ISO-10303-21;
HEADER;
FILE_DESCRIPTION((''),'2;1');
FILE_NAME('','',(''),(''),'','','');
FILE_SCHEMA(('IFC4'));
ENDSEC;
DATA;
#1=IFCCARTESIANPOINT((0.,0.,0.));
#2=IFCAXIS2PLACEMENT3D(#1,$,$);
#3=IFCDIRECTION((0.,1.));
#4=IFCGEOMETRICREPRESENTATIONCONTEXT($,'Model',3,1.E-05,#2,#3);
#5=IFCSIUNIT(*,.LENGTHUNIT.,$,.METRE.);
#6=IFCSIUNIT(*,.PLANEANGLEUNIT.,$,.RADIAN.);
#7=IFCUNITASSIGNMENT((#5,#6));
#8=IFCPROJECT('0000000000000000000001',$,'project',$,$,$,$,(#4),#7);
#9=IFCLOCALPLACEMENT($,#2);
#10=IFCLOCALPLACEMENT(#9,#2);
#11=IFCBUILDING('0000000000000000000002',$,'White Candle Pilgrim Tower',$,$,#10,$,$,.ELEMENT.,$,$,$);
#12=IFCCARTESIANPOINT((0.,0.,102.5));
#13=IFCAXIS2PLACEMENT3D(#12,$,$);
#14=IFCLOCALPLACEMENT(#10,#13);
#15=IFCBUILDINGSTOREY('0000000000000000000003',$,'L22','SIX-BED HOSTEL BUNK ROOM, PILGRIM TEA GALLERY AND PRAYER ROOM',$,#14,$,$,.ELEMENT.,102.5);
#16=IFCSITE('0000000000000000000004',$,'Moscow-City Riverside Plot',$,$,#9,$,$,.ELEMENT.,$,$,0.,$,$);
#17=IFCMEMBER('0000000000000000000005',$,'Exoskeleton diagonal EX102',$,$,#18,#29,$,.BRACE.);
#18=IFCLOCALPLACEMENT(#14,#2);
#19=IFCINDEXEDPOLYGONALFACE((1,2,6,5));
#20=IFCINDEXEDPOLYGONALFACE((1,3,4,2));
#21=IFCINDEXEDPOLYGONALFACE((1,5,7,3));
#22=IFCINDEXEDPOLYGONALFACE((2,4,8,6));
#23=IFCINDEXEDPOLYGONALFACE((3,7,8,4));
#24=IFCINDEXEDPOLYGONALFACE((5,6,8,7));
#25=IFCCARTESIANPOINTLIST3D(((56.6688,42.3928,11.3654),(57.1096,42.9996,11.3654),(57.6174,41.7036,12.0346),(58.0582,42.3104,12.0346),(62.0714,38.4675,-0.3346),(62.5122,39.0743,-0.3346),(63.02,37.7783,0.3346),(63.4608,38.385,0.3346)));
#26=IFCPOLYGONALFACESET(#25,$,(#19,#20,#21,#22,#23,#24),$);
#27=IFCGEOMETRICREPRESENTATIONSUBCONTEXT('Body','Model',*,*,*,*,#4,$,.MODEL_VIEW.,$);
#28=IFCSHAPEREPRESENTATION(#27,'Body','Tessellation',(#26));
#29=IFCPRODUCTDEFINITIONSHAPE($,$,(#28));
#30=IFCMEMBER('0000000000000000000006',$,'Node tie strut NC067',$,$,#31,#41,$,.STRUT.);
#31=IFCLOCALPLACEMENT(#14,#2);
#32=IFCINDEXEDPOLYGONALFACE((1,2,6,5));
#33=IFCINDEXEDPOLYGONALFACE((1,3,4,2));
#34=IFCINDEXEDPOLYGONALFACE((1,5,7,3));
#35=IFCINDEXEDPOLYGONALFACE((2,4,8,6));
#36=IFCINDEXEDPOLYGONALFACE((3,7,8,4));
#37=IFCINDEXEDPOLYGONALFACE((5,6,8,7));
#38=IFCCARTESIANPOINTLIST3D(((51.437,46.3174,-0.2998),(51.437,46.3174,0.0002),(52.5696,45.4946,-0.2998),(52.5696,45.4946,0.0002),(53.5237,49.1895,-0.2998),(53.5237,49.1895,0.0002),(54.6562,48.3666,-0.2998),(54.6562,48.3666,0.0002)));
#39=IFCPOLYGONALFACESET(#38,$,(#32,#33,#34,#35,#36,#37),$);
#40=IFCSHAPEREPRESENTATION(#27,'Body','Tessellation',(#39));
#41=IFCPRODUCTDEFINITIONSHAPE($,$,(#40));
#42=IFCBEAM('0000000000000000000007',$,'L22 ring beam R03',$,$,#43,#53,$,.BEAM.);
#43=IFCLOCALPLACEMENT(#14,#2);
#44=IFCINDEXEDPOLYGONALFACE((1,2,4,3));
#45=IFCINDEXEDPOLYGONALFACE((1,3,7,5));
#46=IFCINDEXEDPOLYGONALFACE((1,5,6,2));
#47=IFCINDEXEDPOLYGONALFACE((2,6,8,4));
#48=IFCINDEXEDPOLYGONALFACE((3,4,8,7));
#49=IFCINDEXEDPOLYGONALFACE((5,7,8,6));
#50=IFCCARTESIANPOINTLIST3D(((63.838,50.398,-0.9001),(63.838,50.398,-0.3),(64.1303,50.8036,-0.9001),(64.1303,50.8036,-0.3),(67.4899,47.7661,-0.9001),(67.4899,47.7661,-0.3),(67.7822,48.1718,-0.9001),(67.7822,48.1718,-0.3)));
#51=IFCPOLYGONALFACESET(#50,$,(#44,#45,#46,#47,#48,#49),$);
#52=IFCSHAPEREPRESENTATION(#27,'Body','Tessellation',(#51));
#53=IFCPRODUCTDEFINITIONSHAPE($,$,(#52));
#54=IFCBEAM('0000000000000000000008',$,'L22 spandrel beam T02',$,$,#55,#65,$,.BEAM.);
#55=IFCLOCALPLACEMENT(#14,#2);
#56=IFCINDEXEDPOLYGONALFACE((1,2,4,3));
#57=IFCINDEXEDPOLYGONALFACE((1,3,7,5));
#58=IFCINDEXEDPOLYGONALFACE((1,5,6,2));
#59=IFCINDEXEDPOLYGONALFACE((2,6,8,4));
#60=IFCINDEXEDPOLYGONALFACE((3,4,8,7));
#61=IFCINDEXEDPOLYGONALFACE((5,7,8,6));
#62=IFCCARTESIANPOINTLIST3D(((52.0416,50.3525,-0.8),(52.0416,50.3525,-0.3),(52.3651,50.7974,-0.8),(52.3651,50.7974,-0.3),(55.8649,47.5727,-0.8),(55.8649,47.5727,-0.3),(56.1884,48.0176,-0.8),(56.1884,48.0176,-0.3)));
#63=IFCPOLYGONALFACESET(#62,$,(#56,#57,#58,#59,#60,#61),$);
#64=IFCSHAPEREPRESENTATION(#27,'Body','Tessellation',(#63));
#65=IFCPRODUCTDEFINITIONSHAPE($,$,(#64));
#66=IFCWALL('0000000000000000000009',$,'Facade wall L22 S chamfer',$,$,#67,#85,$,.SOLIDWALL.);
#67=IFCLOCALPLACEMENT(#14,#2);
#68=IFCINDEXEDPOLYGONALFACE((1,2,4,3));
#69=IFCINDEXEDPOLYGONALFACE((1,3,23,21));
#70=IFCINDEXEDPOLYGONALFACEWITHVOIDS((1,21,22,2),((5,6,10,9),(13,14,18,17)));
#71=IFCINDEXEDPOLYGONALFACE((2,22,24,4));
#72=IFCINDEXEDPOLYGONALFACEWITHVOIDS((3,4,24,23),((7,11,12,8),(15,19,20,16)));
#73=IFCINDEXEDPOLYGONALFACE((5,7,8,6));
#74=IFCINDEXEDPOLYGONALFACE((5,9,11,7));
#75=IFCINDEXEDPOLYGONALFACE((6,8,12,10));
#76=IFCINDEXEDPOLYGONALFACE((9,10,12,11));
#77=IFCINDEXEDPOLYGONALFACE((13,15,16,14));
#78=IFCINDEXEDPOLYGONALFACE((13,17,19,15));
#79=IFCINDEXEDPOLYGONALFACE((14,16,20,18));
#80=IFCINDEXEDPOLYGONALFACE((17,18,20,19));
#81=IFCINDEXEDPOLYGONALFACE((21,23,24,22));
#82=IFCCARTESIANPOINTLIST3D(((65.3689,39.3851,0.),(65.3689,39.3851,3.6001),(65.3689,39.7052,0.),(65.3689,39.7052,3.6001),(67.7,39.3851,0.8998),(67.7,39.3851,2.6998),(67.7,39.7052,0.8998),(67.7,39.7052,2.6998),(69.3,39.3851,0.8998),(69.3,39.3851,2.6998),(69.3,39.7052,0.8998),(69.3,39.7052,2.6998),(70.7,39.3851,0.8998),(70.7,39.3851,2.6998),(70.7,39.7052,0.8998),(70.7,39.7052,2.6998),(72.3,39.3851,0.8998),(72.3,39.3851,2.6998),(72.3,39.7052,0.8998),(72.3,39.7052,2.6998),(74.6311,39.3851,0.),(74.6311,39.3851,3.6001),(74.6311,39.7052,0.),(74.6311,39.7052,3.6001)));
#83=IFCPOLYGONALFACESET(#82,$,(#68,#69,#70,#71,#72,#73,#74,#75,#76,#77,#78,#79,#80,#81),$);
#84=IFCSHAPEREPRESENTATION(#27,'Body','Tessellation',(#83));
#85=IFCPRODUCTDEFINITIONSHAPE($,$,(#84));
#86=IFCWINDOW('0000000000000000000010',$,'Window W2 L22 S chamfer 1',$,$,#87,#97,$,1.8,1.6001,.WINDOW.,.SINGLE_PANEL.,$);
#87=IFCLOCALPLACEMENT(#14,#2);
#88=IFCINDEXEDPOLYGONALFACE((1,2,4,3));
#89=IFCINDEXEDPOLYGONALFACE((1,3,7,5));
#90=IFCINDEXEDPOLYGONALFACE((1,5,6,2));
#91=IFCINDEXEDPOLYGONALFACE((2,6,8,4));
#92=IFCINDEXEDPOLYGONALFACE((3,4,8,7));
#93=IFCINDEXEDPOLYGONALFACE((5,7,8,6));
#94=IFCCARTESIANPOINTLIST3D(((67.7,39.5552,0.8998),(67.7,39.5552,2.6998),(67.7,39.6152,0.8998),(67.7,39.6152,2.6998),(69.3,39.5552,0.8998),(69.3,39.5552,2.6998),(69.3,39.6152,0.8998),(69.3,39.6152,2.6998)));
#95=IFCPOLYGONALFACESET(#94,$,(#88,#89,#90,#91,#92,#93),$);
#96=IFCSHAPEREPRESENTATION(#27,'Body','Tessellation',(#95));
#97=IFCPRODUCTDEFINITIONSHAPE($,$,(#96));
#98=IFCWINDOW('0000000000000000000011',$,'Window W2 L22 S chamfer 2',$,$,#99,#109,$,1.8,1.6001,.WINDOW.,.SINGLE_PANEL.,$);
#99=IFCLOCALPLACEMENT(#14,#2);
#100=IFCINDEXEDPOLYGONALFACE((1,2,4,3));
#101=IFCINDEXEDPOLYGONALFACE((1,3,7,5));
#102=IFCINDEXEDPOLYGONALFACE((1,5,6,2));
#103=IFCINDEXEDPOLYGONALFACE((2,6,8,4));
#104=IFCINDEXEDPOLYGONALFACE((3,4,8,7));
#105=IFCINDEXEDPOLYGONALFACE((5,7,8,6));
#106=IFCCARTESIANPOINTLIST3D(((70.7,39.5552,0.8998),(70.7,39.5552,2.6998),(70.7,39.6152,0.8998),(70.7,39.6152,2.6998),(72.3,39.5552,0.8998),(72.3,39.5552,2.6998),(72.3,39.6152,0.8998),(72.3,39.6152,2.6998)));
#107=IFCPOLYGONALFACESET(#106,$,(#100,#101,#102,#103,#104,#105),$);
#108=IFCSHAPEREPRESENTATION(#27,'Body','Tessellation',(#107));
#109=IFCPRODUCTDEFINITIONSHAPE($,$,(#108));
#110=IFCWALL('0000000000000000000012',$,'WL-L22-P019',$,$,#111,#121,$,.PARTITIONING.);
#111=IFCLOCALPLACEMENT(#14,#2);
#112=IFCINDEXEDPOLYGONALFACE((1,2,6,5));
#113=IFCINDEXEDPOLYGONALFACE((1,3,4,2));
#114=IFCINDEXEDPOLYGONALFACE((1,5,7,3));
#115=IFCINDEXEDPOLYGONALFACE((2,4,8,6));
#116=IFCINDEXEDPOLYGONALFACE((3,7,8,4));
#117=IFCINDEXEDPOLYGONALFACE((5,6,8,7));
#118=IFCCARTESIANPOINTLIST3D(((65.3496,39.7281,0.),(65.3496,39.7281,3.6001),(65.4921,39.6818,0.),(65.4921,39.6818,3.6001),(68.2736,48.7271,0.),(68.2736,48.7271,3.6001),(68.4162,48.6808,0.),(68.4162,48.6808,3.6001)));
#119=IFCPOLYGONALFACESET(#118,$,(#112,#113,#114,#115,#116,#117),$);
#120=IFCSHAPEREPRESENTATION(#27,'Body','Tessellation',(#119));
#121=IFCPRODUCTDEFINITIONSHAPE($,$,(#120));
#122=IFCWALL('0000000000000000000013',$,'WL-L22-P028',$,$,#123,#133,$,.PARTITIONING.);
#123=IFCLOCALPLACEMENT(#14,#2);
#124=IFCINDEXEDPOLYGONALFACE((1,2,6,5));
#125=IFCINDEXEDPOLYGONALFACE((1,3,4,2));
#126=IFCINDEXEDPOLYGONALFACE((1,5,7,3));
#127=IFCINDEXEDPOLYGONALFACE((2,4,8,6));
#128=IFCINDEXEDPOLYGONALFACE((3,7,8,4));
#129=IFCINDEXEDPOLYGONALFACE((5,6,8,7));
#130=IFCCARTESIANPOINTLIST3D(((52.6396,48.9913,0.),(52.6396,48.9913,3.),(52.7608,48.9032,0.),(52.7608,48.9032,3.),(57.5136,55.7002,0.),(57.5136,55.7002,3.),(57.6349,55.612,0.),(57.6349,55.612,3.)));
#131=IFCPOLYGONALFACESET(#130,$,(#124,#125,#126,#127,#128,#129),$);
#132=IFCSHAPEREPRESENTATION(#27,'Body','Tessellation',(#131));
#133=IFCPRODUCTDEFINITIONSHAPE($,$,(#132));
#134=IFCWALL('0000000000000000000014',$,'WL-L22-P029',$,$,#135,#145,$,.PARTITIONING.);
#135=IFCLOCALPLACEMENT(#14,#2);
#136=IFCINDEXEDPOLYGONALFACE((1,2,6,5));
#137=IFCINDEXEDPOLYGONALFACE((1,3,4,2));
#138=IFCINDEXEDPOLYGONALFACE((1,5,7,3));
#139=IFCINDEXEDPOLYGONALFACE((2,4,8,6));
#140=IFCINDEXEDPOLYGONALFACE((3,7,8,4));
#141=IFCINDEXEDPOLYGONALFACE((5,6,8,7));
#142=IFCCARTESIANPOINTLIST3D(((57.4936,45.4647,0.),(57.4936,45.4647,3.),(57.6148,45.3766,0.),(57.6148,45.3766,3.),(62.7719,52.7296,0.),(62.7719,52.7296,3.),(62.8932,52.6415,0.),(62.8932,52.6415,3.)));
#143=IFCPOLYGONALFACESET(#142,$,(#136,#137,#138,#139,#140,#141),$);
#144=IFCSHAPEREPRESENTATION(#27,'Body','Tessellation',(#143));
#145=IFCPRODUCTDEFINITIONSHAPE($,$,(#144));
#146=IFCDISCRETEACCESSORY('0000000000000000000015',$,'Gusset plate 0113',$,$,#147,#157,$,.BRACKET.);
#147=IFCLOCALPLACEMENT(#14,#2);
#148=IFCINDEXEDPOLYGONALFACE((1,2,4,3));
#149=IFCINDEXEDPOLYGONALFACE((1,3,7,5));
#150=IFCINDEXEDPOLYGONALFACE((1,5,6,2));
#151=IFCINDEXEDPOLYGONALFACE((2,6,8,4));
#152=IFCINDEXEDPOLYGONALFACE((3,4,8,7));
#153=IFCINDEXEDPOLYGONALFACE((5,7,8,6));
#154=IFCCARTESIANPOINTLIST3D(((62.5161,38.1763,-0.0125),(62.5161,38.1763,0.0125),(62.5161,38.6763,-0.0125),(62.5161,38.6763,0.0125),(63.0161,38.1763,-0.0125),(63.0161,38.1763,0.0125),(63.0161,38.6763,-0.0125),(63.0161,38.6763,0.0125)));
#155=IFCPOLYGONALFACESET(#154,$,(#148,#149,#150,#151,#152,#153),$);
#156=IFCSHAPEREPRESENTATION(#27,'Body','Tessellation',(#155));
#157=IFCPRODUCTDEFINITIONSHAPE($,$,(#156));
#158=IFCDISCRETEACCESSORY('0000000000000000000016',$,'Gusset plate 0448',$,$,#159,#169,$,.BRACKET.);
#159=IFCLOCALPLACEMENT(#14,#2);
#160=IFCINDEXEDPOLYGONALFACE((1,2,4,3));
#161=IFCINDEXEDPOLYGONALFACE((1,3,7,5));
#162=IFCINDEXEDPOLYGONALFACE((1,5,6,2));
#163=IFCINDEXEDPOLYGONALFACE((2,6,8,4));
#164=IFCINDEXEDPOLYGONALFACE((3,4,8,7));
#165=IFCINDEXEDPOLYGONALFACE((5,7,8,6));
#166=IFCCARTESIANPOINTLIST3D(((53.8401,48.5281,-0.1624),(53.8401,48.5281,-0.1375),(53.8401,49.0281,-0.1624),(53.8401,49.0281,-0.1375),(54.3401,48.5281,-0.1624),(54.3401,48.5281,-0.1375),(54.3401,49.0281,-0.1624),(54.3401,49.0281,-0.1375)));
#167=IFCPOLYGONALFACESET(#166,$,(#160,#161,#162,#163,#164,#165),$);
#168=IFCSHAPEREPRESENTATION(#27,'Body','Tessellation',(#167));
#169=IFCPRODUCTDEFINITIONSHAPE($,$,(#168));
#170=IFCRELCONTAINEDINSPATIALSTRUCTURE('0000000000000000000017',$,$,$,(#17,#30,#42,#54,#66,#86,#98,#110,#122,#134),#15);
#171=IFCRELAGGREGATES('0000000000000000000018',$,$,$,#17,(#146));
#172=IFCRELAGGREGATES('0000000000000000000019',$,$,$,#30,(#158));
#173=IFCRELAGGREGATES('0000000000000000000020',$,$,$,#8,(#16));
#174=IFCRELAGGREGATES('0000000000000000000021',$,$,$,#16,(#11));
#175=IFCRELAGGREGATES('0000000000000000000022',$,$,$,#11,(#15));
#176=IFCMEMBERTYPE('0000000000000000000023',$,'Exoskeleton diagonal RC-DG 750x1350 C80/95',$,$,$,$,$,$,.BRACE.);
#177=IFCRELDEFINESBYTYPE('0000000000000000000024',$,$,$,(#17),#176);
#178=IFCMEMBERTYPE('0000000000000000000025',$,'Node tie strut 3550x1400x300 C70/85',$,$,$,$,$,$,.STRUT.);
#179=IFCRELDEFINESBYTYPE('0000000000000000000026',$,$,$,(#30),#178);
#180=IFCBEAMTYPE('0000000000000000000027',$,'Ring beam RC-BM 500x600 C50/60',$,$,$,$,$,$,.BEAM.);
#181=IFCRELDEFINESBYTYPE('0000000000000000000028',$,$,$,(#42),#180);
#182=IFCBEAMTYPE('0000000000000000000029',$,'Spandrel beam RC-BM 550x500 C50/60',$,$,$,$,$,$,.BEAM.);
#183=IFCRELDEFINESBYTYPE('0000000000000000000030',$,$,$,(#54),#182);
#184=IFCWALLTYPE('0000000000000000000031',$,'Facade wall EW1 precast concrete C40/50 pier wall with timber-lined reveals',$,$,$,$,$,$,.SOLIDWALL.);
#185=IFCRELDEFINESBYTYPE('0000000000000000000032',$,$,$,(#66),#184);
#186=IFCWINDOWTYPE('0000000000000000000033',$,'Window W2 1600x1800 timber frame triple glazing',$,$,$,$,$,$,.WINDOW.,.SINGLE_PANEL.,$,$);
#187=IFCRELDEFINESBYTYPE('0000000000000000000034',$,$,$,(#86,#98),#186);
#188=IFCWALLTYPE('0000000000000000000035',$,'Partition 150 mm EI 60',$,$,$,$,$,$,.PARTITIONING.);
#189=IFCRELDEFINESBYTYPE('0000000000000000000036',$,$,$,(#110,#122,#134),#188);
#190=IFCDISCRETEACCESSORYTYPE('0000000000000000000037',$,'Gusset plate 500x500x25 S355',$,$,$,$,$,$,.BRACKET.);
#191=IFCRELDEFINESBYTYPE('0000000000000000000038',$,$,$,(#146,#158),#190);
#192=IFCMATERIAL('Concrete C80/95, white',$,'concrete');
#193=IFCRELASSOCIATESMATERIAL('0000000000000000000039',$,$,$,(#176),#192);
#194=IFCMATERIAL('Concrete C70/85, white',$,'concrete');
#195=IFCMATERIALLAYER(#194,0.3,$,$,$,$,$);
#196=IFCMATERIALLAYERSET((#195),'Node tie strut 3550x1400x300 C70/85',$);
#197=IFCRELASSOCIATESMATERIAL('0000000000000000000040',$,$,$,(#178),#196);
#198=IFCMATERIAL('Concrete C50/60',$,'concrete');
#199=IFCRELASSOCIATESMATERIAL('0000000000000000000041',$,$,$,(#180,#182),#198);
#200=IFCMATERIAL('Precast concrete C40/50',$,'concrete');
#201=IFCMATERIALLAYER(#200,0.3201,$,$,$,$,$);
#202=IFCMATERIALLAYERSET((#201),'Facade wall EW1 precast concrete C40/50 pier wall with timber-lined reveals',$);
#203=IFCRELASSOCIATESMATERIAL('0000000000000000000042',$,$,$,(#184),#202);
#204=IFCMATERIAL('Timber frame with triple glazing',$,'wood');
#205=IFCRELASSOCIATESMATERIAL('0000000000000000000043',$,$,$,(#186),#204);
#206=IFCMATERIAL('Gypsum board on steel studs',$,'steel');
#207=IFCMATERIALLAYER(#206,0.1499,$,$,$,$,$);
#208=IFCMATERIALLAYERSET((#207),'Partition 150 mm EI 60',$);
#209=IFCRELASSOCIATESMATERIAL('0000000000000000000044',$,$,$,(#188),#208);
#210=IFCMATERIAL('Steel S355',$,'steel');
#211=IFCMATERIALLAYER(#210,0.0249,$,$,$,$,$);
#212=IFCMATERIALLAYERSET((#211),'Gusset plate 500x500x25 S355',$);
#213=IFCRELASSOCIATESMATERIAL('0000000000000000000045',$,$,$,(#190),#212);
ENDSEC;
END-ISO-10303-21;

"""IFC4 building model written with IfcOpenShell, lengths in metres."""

from ifc_helpers import new_model, si_unit, direction, frame, frame_2d, origin, origin_2d, place, context, subcontext, project, spatial, rectangle, extrude, material, layer, layer_set, material_profile, profile_set, type_object, element, fill, aggregate, save


model = new_model("IFC4")

# Units and contexts
model_context = context("Model", 3, precision=1e-05, world=origin(), true_north=direction((0.0, 1.0)))
body_context = subcontext(model_context, "Body", "Model", "MODEL_VIEW")
ifc_project = project(units=[si_unit("LENGTHUNIT", "METRE"), si_unit("PLANEANGLEUNIT", "RADIAN")], contexts=[model_context])

# Site, building, storey
site_placement = place(None, origin())
site = spatial("IfcSite", under=ifc_project, at=site_placement, Name="Moscow-City Riverside Plot", CompositionType="ELEMENT", RefElevation=0.0)
building_placement = place(site_placement, origin())
building = spatial("IfcBuilding", under=site, at=building_placement, Name="White Candle Pilgrim Tower", CompositionType="ELEMENT")
storey_placement = place(building_placement, frame((0.0, 0.0, 102.5)))
storey = spatial("IfcBuildingStorey", under=building, at=storey_placement, Name="L22", Description="SIX-BED HOSTEL BUNK ROOM, PILGRIM TEA GALLERY AND PRAYER ROOM", CompositionType="ELEMENT", Elevation=102.5)

# Members
ifc_material_1 = material(Name="Concrete C80/95, white", Category="concrete")
ifc_material_profile_1 = material_profile(ifc_material_1, rectangle(XDim=0.75, YDim=1.3501, at=origin_2d()), Name="RC-DG 750x1350")
ifc_profile_set_1 = profile_set([ifc_material_profile_1], Name="Concrete C80/95, white")
member_type_1 = type_object("IfcMemberType", Name="Exoskeleton diagonal RC-DG 750x1350 C80/95", PredefinedType="BRACE", material=ifc_profile_set_1)
member_1_placement = place(storey_placement, frame((62.7661, 38.4263, 0.0), z_axis=(-0.401035, 0.291375, 0.868488), x_axis=(-0.587793, -0.809011, 0.0)))
member_1 = element("IfcMember", 1, at=member_1_placement, inside=storey, type_object=member_type_1, Name="Exoskeleton diagonal EX102", PredefinedType="BRACE", context=body_context, shape_type="SweptSolid", body=[
    extrude(rectangle(XDim=0.75, YDim=1.3501, at=origin_2d()), origin(), (0.0, 0.0, 1.0), 13.4717),
])
ifc_material_2 = material(Name="Concrete C70/85, white", Category="concrete")
ifc_layer_1 = layer(ifc_material_2, 0.3)
ifc_layer_set_1 = layer_set([ifc_layer_1], Name="Node tie strut 3550x1400x300 C70/85")
member_type_2 = type_object("IfcMemberType", Name="Node tie strut 3550x1400x300 C70/85", PredefinedType="STRUT", material=ifc_layer_set_1)
member_2_placement = place(storey_placement, frame((53.0466, 47.342, -0.2998), z_axis=(0.0, 0.0, 1.0), x_axis=(0.809017, -0.587785, 0.0)))
member_2 = element("IfcMember", 2, at=member_2_placement, inside=storey, type_object=member_type_2, Name="Node tie strut NC067", PredefinedType="STRUT", context=body_context, shape_type="SweptSolid", body=[
    extrude(rectangle(XDim=1.3999, YDim=3.55, at=origin_2d()), origin(), (0.0, 0.0, 1.0), 0.3),
])

# Beams
ifc_material_3 = material(Name="Concrete C50/60", Category="concrete")
ifc_material_profile_2 = material_profile(ifc_material_3, rectangle(XDim=0.5, YDim=0.6001, at=origin_2d()), Name="RC-BM 500x600")
ifc_profile_set_2 = profile_set([ifc_material_profile_2], Name="Concrete C50/60")
beam_type_1 = type_object("IfcBeamType", Name="Ring beam RC-BM 500x600 C50/60", PredefinedType="BEAM", material=ifc_profile_set_2)
beam_1_placement = place(storey_placement, frame((63.9841, 50.6008, -0.6001), z_axis=(0.811271, -0.58467, 0.0), x_axis=(0.58467, 0.811271, 0.0)))
element("IfcBeam", 3, at=beam_1_placement, inside=storey, type_object=beam_type_1, Name="L22 ring beam R03", PredefinedType="BEAM", context=body_context, shape_type="SweptSolid", body=[
    extrude(rectangle(XDim=0.5, YDim=0.6001, at=origin_2d()), origin(), (0.0, 0.0, 1.0), 4.5015),
])
ifc_material_profile_3 = material_profile(ifc_material_3, rectangle(XDim=0.55, YDim=0.5, at=origin_2d()), Name="RC-BM 550x500")
ifc_profile_set_3 = profile_set([ifc_material_profile_3], Name="Concrete C50/60")
beam_type_2 = type_object("IfcBeamType", Name="Spandrel beam RC-BM 550x500 C50/60", PredefinedType="BEAM", material=ifc_profile_set_3)
beam_2_placement = place(storey_placement, frame((52.2034, 50.575, -0.55), z_axis=(0.808812, -0.588067, 0.0), x_axis=(0.588067, 0.808812, 0.0)))
element("IfcBeam", 4, at=beam_2_placement, inside=storey, type_object=beam_type_2, Name="L22 spandrel beam T02", PredefinedType="BEAM", context=body_context, shape_type="SweptSolid", body=[
    extrude(rectangle(XDim=0.55, YDim=0.5, at=origin_2d()), origin(), (0.0, 0.0, 1.0), 4.7271),
])

# Wall, openings, windows
ifc_material_4 = material(Name="Precast concrete C40/50", Category="concrete")
ifc_layer_2 = layer(ifc_material_4, 0.3201)
ifc_layer_set_2 = layer_set([ifc_layer_2], Name="Facade wall EW1 precast concrete C40/50 pier wall with timber-lined reveals")
wall_type_1 = type_object("IfcWallType", Name="Facade wall EW1 precast concrete C40/50 pier wall with timber-lined reveals", PredefinedType="SOLIDWALL", material=ifc_layer_set_2)
wall_1_placement = place(storey_placement, frame((65.3689, 39.5452, 0.0), z_axis=(0.0, 0.0, 1.0), x_axis=(1.0, 0.0, 0.0)))
wall_1 = element("IfcWall", 5, at=wall_1_placement, inside=storey, type_object=wall_type_1, Name="Facade wall L22 S chamfer", PredefinedType="SOLIDWALL", context=body_context, shape_type="SweptSolid", body=[
    extrude(rectangle(XDim=9.2622, YDim=0.3201, at=frame_2d((4.6311, 0.0))), origin(), (0.0, 0.0, 1.0), 3.6001),
])
opening_1_placement = place(wall_1_placement, frame((2.3311, 0.0, 0.8999)))
opening_1 = element("IfcOpeningElement", 6, at=opening_1_placement, cuts=wall_1, PredefinedType="OPENING", context=body_context, shape_type="SweptSolid", body=[
    extrude(rectangle(XDim=1.6001, YDim=1.8, at=frame_2d((0.8, 0.8999))), frame((0.0, 0.1699, 0.0), z_axis=(0.0, -1.0, 0.0), x_axis=(1.0, 0.0, 0.0)), (0.0, 0.0, 1.0), 0.3401),
])
opening_2_placement = place(wall_1_placement, frame((5.3311, 0.0, 0.8999)))
opening_2 = element("IfcOpeningElement", 7, at=opening_2_placement, cuts=wall_1, PredefinedType="OPENING", context=body_context, shape_type="SweptSolid", body=[
    extrude(rectangle(XDim=1.6001, YDim=1.8, at=frame_2d((0.8, 0.8999))), frame((0.0, 0.1699, 0.0), z_axis=(0.0, -1.0, 0.0), x_axis=(1.0, 0.0, 0.0)), (0.0, 0.0, 1.0), 0.3401),
])
ifc_material_5 = material(Name="Timber frame with triple glazing", Category="wood")
window_type = type_object("IfcWindowType", Name="Window W2 1600x1800 timber frame triple glazing", PartitioningType="SINGLE_PANEL", PredefinedType="WINDOW", material=ifc_material_5)
window_1_placement = place(opening_1_placement, origin())
window_1 = element("IfcWindow", 8, at=window_1_placement, inside=storey, type_object=window_type, Name="Window W2 L22 S chamfer 1", OverallHeight=1.8, OverallWidth=1.6001, PartitioningType="SINGLE_PANEL", PredefinedType="WINDOW", context=body_context, shape_type="SweptSolid", body=[
    extrude(rectangle(XDim=1.6001, YDim=1.8, at=frame_2d((0.8, 0.8999))), frame((0.0, 0.0701, 0.0), z_axis=(0.0, -1.0, 0.0), x_axis=(1.0, 0.0, 0.0)), (0.0, 0.0, 1.0), 0.0601),
])
fill(opening_1, window_1)
window_2_placement = place(opening_2_placement, origin())
window_2 = element("IfcWindow", 9, at=window_2_placement, inside=storey, type_object=window_type, Name="Window W2 L22 S chamfer 2", OverallHeight=1.8, OverallWidth=1.6001, PartitioningType="SINGLE_PANEL", PredefinedType="WINDOW", context=body_context, shape_type="SweptSolid", body=[
    extrude(rectangle(XDim=1.6001, YDim=1.8, at=frame_2d((0.8, 0.8999))), frame((0.0, 0.0701, 0.0), z_axis=(0.0, -1.0, 0.0), x_axis=(1.0, 0.0, 0.0)), (0.0, 0.0, 1.0), 0.0601),
])
fill(opening_2, window_2)

# Walls
ifc_material_6 = material(Name="Gypsum board on steel studs", Category="steel")
ifc_layer_3 = layer(ifc_material_6, 0.1499)
ifc_layer_set_3 = layer_set([ifc_layer_3], Name="Partition 150 mm EI 60")
wall_type_2 = type_object("IfcWallType", Name="Partition 150 mm EI 60", PredefinedType="PARTITIONING", material=ifc_layer_set_3)
wall_2_placement = place(storey_placement, frame((65.4209, 39.7051, 0.0), z_axis=(0.0, 0.0, 1.0), x_axis=(0.309028, 0.951053, 0.0)))
element("IfcWall", 10, at=wall_2_placement, inside=storey, type_object=wall_type_2, Name="WL-L22-P019", PredefinedType="PARTITIONING", context=body_context, shape_type="SweptSolid", body=[
    extrude(rectangle(XDim=9.4622, YDim=0.1499, at=frame_2d((4.731, 0.0))), origin(), (0.0, 0.0, 1.0), 3.6001),
])
wall_3_placement = place(storey_placement, frame((52.7002, 48.9473, 0.0), z_axis=(0.0, 0.0, 1.0), x_axis=(0.587772, 0.809026, 0.0)))
element("IfcWall", 11, at=wall_3_placement, inside=storey, type_object=wall_type_2, Name="WL-L22-P028", PredefinedType="PARTITIONING", context=body_context, shape_type="SweptSolid", body=[
    extrude(rectangle(XDim=8.2925, YDim=0.1499, at=frame_2d((4.1462, 0.0))), origin(), (0.0, 0.0, 1.0), 3.0),
])
for number, where, z_axis, x_axis, name in (
    (12, (57.5542, 45.4207, 0.0), (0.0, 0.0, 1.0), (0.58779, 0.809013, 0.0), "WL-L22-P029"),
):
    element("IfcWall", number, at=place(storey_placement, frame(where, z_axis=z_axis, x_axis=x_axis)), inside=storey, type_object=wall_type_2, Name=name, PredefinedType="PARTITIONING", context=body_context, shape_type="SweptSolid", body=[
        extrude(rectangle(XDim=8.98, YDim=0.1499, at=frame_2d((4.49, 0.0))), origin(), (0.0, 0.0, 1.0), 3.0),
    ])

# Discrete accessories
ifc_material_7 = material(Name="Steel S355", Category="steel")
ifc_layer_4 = layer(ifc_material_7, 0.0249)
ifc_layer_set_4 = layer_set([ifc_layer_4], Name="Gusset plate 500x500x25 S355")
discrete_accessory_type = type_object("IfcDiscreteAccessoryType", Name="Gusset plate 500x500x25 S355", PredefinedType="BRACKET", material=ifc_layer_set_4)
discrete_accessory_1_placement = place(storey_placement, frame((62.7661, 38.4263, -0.0125), z_axis=(0.0, 0.0, 1.0), x_axis=(1.0, 0.0, 0.0)))
discrete_accessory_1 = element("IfcDiscreteAccessory", 13, at=discrete_accessory_1_placement, type_object=discrete_accessory_type, Name="Gusset plate 0113", PredefinedType="BRACKET", context=body_context, shape_type="SweptSolid", body=[
    extrude(rectangle(XDim=0.5, YDim=0.5, at=origin_2d()), origin(), (0.0, 0.0, 1.0), 0.0249),
])
aggregate(member_1, [discrete_accessory_1])
discrete_accessory_2_placement = place(storey_placement, frame((54.0901, 48.7781, -0.1624), z_axis=(0.0, 0.0, 1.0), x_axis=(1.0, 0.0, 0.0)))
discrete_accessory_2 = element("IfcDiscreteAccessory", 14, at=discrete_accessory_2_placement, type_object=discrete_accessory_type, Name="Gusset plate 0448", PredefinedType="BRACKET", context=body_context, shape_type="SweptSolid", body=[
    extrude(rectangle(XDim=0.5, YDim=0.5, at=origin_2d()), origin(), (0.0, 0.0, 1.0), 0.0249),
])
aggregate(member_2, [discrete_accessory_2])

save(model, "model.ifc")
